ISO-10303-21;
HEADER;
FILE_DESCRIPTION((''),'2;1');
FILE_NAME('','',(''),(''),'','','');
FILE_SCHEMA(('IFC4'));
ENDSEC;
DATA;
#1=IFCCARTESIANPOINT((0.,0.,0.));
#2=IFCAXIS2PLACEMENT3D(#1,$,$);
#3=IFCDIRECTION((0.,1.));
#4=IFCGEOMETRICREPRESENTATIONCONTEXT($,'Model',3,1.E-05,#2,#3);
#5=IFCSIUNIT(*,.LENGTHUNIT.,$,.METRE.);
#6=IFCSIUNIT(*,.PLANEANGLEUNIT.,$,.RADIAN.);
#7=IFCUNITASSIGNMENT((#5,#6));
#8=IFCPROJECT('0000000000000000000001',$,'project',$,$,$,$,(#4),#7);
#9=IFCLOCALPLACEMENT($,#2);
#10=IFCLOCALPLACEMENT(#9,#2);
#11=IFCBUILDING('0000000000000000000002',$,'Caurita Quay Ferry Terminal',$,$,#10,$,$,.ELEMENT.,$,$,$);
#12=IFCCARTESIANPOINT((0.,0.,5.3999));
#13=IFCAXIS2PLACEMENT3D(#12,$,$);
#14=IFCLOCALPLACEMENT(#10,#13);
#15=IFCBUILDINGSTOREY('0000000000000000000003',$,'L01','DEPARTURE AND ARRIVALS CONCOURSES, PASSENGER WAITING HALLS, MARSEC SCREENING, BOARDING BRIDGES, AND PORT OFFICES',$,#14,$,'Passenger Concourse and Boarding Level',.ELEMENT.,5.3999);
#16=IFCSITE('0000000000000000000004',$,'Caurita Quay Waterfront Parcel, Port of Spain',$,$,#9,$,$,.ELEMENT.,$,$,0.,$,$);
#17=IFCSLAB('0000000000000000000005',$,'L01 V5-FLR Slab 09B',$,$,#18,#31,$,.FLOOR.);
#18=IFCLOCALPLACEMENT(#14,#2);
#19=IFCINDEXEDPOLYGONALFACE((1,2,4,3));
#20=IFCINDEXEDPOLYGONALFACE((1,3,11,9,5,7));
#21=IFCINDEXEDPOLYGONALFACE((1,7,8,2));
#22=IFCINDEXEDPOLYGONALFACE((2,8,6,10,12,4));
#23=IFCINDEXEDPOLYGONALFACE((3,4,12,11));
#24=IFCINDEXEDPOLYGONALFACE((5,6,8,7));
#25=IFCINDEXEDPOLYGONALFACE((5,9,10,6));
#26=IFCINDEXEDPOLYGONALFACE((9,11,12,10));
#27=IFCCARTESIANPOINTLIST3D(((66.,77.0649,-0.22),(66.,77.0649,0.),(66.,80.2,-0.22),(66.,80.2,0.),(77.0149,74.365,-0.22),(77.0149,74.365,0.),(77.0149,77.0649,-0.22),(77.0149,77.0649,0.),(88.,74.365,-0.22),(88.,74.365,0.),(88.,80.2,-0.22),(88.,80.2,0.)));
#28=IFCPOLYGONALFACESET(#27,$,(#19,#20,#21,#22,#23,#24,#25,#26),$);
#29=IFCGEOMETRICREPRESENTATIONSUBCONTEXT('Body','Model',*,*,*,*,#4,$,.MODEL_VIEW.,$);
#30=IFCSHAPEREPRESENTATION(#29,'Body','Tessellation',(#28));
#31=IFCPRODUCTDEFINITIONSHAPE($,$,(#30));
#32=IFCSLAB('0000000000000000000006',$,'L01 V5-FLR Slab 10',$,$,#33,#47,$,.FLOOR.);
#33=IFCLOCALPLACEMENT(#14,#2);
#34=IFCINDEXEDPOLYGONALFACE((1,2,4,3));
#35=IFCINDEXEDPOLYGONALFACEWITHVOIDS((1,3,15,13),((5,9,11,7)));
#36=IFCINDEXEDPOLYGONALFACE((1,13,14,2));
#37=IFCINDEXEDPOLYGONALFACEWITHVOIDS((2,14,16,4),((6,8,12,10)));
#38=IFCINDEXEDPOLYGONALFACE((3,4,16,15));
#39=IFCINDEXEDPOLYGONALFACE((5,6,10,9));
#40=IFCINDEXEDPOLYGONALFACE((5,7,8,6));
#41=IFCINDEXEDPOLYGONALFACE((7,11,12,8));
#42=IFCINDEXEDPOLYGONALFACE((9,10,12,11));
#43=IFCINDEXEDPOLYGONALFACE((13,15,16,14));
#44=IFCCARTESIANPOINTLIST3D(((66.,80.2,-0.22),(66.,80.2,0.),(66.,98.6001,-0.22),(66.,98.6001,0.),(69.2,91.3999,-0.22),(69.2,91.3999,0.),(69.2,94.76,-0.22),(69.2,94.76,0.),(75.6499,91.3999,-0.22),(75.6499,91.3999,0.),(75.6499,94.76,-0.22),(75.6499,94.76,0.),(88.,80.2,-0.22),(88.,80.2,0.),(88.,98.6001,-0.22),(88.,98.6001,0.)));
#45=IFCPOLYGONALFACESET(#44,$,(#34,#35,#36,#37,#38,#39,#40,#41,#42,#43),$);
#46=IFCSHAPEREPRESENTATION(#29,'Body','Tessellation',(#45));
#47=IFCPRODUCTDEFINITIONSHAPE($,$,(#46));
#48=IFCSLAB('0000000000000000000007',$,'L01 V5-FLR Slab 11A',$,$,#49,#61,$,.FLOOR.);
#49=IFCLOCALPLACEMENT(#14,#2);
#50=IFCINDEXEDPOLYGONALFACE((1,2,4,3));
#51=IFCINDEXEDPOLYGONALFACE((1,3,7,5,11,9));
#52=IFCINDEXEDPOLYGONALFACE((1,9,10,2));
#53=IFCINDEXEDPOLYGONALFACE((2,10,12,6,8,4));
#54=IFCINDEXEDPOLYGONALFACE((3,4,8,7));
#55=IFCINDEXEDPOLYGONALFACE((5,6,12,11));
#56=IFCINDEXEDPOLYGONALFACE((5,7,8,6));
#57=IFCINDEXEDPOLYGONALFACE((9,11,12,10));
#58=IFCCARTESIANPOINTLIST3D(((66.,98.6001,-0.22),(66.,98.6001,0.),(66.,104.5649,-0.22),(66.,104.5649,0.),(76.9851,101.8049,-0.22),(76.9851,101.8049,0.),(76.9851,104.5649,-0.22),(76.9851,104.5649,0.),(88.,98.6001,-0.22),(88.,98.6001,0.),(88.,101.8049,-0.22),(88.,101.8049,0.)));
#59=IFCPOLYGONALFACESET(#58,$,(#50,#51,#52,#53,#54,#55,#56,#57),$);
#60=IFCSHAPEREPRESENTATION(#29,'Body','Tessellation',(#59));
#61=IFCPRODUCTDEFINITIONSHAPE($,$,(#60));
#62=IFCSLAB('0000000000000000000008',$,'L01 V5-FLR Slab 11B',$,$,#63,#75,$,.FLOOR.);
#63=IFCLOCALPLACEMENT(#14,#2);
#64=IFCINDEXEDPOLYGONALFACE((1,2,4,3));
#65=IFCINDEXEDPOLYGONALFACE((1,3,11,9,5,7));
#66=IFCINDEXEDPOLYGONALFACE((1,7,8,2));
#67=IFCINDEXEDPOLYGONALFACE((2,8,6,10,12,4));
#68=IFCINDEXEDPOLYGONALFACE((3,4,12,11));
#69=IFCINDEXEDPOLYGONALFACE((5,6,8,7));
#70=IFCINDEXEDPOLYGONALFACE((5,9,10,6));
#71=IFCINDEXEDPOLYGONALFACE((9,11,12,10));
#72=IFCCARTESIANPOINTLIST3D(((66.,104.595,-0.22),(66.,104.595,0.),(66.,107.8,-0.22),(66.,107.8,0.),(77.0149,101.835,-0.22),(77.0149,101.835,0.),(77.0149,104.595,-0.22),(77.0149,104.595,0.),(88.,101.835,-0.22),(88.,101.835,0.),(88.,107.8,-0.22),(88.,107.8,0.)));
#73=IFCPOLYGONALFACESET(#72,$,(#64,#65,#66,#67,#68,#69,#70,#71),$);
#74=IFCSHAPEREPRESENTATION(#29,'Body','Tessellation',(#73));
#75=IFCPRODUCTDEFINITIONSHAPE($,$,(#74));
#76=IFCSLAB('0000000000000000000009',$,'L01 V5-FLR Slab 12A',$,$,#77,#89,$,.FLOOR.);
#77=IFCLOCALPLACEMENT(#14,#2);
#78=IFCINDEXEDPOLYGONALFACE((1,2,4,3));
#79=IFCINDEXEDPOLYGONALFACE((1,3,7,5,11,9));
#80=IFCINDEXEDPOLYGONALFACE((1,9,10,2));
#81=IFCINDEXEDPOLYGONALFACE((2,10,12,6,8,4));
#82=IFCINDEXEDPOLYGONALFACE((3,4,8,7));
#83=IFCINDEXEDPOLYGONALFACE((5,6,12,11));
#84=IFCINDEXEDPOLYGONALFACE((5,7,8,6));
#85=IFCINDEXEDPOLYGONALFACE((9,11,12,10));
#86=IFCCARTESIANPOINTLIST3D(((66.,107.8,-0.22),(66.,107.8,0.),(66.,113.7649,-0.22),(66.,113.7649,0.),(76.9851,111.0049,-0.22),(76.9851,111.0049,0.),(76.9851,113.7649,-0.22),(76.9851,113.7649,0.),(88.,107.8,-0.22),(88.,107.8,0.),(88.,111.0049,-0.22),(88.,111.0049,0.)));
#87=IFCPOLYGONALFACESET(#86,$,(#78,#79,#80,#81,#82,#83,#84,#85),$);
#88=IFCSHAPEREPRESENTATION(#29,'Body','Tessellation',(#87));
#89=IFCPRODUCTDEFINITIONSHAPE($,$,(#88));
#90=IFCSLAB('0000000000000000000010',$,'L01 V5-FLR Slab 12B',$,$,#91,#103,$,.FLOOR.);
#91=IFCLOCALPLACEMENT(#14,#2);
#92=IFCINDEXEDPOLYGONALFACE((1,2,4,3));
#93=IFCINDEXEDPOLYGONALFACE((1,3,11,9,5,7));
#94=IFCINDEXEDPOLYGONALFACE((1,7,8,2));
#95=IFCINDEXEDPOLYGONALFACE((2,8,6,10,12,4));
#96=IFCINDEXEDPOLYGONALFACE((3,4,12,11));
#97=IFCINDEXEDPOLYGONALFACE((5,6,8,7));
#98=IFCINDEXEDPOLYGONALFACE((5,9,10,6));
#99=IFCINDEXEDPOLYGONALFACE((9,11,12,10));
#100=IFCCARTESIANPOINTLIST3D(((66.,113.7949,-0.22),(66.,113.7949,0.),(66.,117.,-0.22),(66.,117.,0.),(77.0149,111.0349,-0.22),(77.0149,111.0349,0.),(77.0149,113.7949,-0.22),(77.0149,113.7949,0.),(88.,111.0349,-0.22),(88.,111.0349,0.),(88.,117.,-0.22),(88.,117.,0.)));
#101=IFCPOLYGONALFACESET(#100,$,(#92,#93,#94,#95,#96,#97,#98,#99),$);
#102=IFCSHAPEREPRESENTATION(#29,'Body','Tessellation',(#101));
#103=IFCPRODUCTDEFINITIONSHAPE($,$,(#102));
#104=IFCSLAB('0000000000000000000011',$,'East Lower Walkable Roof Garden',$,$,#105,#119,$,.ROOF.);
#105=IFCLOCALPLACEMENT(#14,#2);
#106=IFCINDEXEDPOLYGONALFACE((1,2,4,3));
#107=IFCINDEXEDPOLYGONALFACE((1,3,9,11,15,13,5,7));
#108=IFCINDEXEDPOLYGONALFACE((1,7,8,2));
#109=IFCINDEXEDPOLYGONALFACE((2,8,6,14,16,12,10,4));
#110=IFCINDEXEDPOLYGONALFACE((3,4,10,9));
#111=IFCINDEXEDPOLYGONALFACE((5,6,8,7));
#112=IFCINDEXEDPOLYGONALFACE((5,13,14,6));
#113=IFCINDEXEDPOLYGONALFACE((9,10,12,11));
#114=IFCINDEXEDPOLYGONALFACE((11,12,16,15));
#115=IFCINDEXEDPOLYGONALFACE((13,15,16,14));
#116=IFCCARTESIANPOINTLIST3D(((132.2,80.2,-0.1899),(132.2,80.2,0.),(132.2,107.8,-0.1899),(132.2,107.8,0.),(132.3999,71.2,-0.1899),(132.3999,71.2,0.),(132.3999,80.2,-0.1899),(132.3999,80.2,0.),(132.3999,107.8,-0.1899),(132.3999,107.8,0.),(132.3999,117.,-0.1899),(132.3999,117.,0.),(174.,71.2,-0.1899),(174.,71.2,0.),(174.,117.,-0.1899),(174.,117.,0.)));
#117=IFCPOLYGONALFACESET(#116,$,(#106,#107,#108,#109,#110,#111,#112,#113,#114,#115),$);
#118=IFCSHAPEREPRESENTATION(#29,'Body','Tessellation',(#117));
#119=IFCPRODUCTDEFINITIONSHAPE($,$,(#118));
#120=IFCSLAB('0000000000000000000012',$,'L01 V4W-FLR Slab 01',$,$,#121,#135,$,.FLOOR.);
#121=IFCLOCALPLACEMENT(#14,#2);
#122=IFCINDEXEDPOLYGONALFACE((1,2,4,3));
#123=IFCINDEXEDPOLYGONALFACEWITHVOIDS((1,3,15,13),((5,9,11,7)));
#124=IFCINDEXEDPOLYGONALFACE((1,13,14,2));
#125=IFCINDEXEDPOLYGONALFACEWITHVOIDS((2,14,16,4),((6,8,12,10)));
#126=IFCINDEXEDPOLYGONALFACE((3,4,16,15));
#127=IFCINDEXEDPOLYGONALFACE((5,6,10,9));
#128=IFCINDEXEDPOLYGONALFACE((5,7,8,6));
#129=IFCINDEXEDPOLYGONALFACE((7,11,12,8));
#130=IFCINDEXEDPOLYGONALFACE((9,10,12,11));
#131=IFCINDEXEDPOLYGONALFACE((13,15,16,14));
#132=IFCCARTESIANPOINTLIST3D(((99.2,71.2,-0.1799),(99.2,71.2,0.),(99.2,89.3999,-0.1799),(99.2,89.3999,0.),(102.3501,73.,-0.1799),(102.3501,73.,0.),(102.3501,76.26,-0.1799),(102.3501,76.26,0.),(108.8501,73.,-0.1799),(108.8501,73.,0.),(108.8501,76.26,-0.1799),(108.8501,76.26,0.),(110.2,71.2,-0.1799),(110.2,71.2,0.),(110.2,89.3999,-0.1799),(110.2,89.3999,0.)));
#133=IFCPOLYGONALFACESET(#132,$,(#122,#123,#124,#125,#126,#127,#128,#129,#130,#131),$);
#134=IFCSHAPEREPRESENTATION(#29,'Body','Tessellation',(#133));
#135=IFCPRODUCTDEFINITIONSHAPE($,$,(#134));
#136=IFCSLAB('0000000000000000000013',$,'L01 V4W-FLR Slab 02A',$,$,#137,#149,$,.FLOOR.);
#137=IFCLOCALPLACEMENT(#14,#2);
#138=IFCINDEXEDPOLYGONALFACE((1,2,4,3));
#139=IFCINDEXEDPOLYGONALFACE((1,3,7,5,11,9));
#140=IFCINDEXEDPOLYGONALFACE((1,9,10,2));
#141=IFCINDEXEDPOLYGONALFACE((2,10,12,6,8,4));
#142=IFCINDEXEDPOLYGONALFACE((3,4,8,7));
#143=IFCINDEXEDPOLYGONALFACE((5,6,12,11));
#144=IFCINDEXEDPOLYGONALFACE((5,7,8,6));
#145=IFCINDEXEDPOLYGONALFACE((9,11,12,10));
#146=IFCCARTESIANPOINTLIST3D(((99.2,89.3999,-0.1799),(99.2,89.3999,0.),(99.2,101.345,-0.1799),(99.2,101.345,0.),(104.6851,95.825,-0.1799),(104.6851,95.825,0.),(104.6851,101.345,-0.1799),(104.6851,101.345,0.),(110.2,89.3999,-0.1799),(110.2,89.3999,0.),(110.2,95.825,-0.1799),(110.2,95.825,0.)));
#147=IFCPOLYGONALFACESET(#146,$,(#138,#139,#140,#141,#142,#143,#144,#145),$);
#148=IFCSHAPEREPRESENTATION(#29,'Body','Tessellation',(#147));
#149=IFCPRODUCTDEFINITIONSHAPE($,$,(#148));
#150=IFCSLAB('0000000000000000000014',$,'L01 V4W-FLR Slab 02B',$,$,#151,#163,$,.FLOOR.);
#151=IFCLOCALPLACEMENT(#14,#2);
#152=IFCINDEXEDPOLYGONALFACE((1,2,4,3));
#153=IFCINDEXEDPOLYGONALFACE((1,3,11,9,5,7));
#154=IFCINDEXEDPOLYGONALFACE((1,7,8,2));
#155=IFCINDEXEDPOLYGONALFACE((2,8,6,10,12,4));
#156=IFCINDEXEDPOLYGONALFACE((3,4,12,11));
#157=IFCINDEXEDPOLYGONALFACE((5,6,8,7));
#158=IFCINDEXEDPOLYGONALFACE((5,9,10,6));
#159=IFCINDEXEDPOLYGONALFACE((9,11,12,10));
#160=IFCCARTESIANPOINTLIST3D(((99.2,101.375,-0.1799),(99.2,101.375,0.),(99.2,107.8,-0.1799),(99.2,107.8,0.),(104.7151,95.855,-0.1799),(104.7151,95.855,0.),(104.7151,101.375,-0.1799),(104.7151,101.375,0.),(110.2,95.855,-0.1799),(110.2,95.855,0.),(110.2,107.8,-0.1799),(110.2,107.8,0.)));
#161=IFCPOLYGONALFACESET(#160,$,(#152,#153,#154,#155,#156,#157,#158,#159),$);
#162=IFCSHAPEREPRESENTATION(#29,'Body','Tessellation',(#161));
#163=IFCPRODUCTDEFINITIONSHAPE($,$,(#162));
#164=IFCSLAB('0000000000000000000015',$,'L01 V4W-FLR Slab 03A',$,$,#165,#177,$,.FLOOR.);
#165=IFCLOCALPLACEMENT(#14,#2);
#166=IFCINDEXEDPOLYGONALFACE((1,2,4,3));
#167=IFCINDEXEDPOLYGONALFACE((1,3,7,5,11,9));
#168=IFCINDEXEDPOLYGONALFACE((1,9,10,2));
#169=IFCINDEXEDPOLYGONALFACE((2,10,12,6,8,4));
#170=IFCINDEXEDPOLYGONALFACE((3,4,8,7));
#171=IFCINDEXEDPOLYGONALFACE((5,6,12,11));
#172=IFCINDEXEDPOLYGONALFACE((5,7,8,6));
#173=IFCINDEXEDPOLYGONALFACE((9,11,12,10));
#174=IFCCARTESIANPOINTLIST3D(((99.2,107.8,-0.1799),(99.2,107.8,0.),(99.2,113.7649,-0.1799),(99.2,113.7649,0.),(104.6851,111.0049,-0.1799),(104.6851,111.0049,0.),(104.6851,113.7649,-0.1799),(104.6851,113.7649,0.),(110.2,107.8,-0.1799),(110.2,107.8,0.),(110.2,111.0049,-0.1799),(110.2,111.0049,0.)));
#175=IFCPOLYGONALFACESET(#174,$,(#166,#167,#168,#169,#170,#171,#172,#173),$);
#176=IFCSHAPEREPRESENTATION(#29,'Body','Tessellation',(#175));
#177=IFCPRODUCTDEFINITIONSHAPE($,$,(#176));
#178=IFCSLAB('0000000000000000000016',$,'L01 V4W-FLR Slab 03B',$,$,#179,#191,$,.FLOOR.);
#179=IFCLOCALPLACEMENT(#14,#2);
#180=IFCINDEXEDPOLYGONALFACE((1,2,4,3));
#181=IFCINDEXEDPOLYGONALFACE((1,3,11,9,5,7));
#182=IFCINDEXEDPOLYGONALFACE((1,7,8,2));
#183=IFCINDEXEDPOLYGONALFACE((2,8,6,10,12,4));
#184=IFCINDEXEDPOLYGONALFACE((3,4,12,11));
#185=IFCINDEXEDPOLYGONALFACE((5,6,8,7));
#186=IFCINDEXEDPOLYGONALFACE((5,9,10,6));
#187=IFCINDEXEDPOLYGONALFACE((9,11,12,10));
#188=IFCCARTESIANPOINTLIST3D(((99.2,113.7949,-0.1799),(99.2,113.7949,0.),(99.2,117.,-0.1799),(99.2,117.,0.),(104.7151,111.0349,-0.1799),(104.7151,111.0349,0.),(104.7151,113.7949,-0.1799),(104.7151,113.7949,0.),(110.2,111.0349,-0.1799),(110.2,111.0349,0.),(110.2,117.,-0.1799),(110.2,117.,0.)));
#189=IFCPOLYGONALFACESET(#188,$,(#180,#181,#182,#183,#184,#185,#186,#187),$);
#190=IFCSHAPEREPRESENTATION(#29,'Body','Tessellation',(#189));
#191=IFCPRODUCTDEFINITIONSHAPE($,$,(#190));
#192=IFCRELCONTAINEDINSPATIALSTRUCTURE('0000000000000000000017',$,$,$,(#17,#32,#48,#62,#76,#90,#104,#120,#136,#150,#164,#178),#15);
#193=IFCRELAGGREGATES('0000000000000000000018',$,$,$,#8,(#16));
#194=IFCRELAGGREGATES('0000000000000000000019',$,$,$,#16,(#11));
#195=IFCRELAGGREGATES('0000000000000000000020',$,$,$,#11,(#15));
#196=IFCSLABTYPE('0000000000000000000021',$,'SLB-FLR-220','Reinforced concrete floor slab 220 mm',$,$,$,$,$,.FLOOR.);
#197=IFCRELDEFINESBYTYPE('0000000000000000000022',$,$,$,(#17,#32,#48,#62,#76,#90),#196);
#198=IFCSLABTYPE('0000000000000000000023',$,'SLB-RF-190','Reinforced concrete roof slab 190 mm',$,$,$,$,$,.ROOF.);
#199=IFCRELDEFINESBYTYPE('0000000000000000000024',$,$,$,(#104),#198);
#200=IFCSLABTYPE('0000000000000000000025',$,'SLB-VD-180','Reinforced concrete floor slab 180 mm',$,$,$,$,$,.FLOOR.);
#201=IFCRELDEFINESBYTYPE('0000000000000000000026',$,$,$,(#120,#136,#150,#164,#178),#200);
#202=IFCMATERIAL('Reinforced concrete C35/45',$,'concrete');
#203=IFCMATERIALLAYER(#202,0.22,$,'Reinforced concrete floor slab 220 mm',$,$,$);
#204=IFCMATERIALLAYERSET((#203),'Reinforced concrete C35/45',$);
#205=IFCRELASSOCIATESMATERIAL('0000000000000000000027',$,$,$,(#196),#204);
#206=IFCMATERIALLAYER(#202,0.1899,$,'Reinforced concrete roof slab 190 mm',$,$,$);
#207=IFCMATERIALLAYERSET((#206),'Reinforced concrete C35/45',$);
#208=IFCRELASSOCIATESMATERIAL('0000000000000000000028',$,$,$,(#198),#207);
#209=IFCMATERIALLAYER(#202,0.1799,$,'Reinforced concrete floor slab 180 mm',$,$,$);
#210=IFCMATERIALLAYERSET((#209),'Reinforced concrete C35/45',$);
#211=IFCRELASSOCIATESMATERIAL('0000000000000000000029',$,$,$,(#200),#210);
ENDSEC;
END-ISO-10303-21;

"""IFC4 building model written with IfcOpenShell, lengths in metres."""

from ifc_helpers import new_model, si_unit, direction, frame, origin, place, context, subcontext, project, spatial, polyline, outline, extrude, material, layer, layer_set, type_object, element, save


model = new_model("IFC4")

# Units and contexts
model_context = context("Model", 3, precision=1e-05, world=origin(), true_north=direction((0.0, 1.0)))
body_context = subcontext(model_context, "Body", "Model", "MODEL_VIEW")
ifc_project = project(units=[si_unit("LENGTHUNIT", "METRE"), si_unit("PLANEANGLEUNIT", "RADIAN")], contexts=[model_context])

# Site, building, storey
site_placement = place(None, origin())
site = spatial("IfcSite", under=ifc_project, at=site_placement, Name="Caurita Quay Waterfront Parcel, Port of Spain", CompositionType="ELEMENT", RefElevation=0.0)
building_placement = place(site_placement, origin())
building = spatial("IfcBuilding", under=site, at=building_placement, Name="Caurita Quay Ferry Terminal", CompositionType="ELEMENT")
storey_placement = place(building_placement, frame((0.0, 0.0, 5.3999)))
storey = spatial("IfcBuildingStorey", under=building, at=storey_placement, Name="L01", Description="DEPARTURE AND ARRIVALS CONCOURSES, PASSENGER WAITING HALLS, MARSEC SCREENING, BOARDING BRIDGES, AND PORT OFFICES", LongName="Passenger Concourse and Boarding Level", CompositionType="ELEMENT", Elevation=5.3999)

# Slabs
ifc_material = material(Name="Reinforced concrete C35/45", Category="concrete")
ifc_layer_1 = layer(ifc_material, 0.22, Name="Reinforced concrete floor slab 220 mm")
ifc_layer_set_1 = layer_set([ifc_layer_1], Name="Reinforced concrete C35/45")
slab_type_1 = type_object("IfcSlabType", Name="SLB-FLR-220", Description="Reinforced concrete floor slab 220 mm", PredefinedType="FLOOR", material=ifc_layer_set_1)
slab_1_placement = place(storey_placement, frame((0.0, 0.0, -0.22)))
element("IfcSlab", 1, at=slab_1_placement, inside=storey, type_object=slab_type_1, Name="L01 V5-FLR Slab 09B", PredefinedType="FLOOR", context=body_context, shape_type="SweptSolid", body=[
    extrude(outline(polyline([(77.0149, 74.365), (88.0, 74.365), (88.0, 80.2), (66.0, 80.2), (66.0, 77.0649), (77.0149, 77.0649), (77.0149, 74.365)])), origin(), (0.0, 0.0, 1.0), 0.22),
])
slab_2_placement = place(storey_placement, frame((0.0, 0.0, -0.22)))
element("IfcSlab", 2, at=slab_2_placement, inside=storey, type_object=slab_type_1, Name="L01 V5-FLR Slab 10", PredefinedType="FLOOR", context=body_context, shape_type="SweptSolid", body=[
    extrude(outline(polyline([(66.0, 80.2), (88.0, 80.2), (88.0, 98.6001), (66.0, 98.6001), (66.0, 80.2)]), holes=[polyline([(69.2, 91.3999), (75.6499, 91.3999), (75.6499, 94.76), (69.2, 94.76), (69.2, 91.3999)])]), origin(), (0.0, 0.0, 1.0), 0.22),
])
slab_3_placement = place(storey_placement, frame((0.0, 0.0, -0.22)))
element("IfcSlab", 3, at=slab_3_placement, inside=storey, type_object=slab_type_1, Name="L01 V5-FLR Slab 11A", PredefinedType="FLOOR", context=body_context, shape_type="SweptSolid", body=[
    extrude(outline(polyline([(66.0, 98.6001), (88.0, 98.6001), (88.0, 101.8049), (76.9851, 101.8049), (76.9851, 104.5649), (66.0, 104.5649), (66.0, 98.6001)])), origin(), (0.0, 0.0, 1.0), 0.22),
])
slab_4_placement = place(storey_placement, frame((0.0, 0.0, -0.22)))
element("IfcSlab", 4, at=slab_4_placement, inside=storey, type_object=slab_type_1, Name="L01 V5-FLR Slab 11B", PredefinedType="FLOOR", context=body_context, shape_type="SweptSolid", body=[
    extrude(outline(polyline([(77.0149, 101.835), (88.0, 101.835), (88.0, 107.8), (66.0, 107.8), (66.0, 104.595), (77.0149, 104.595), (77.0149, 101.835)])), origin(), (0.0, 0.0, 1.0), 0.22),
])
slab_5_placement = place(storey_placement, frame((0.0, 0.0, -0.22)))
element("IfcSlab", 5, at=slab_5_placement, inside=storey, type_object=slab_type_1, Name="L01 V5-FLR Slab 12A", PredefinedType="FLOOR", context=body_context, shape_type="SweptSolid", body=[
    extrude(outline(polyline([(66.0, 107.8), (88.0, 107.8), (88.0, 111.0049), (76.9851, 111.0049), (76.9851, 113.7649), (66.0, 113.7649), (66.0, 107.8)])), origin(), (0.0, 0.0, 1.0), 0.22),
])
slab_6_placement = place(storey_placement, frame((0.0, 0.0, -0.22)))
element("IfcSlab", 6, at=slab_6_placement, inside=storey, type_object=slab_type_1, Name="L01 V5-FLR Slab 12B", PredefinedType="FLOOR", context=body_context, shape_type="SweptSolid", body=[
    extrude(outline(polyline([(77.0149, 111.0349), (88.0, 111.0349), (88.0, 117.0), (66.0, 117.0), (66.0, 113.7949), (77.0149, 113.7949), (77.0149, 111.0349)])), origin(), (0.0, 0.0, 1.0), 0.22),
])
ifc_layer_2 = layer(ifc_material, 0.1899, Name="Reinforced concrete roof slab 190 mm")
ifc_layer_set_2 = layer_set([ifc_layer_2], Name="Reinforced concrete C35/45")
slab_type_2 = type_object("IfcSlabType", Name="SLB-RF-190", Description="Reinforced concrete roof slab 190 mm", PredefinedType="ROOF", material=ifc_layer_set_2)
slab_7_placement = place(storey_placement, frame((0.0, 0.0, -0.1899)))
element("IfcSlab", 7, at=slab_7_placement, inside=storey, type_object=slab_type_2, Name="East Lower Walkable Roof Garden", PredefinedType="ROOF", context=body_context, shape_type="SweptSolid", body=[
    extrude(outline(polyline([(132.3999, 71.2), (174.0, 71.2), (174.0, 117.0), (132.3999, 117.0), (132.3999, 107.8), (132.2, 107.8), (132.2, 80.2), (132.3999, 80.2), (132.3999, 71.2)])), origin(), (0.0, 0.0, 1.0), 0.1899),
])
ifc_layer_3 = layer(ifc_material, 0.1799, Name="Reinforced concrete floor slab 180 mm")
ifc_layer_set_3 = layer_set([ifc_layer_3], Name="Reinforced concrete C35/45")
slab_type_3 = type_object("IfcSlabType", Name="SLB-VD-180", Description="Reinforced concrete floor slab 180 mm", PredefinedType="FLOOR", material=ifc_layer_set_3)
slab_8_placement = place(storey_placement, frame((0.0, 0.0, -0.1799)))
element("IfcSlab", 8, at=slab_8_placement, inside=storey, type_object=slab_type_3, Name="L01 V4W-FLR Slab 01", PredefinedType="FLOOR", context=body_context, shape_type="SweptSolid", body=[
    extrude(outline(polyline([(99.2, 71.2), (110.2, 71.2), (110.2, 89.3999), (99.2, 89.3999), (99.2, 71.2)]), holes=[polyline([(102.3501, 73.0), (108.8501, 73.0), (108.8501, 76.26), (102.3501, 76.26), (102.3501, 73.0)])]), origin(), (0.0, 0.0, 1.0), 0.1799),
])
slab_9_placement = place(storey_placement, frame((0.0, 0.0, -0.1799)))
element("IfcSlab", 9, at=slab_9_placement, inside=storey, type_object=slab_type_3, Name="L01 V4W-FLR Slab 02A", PredefinedType="FLOOR", context=body_context, shape_type="SweptSolid", body=[
    extrude(outline(polyline([(99.2, 89.3999), (110.2, 89.3999), (110.2, 95.825), (104.6851, 95.825), (104.6851, 101.345), (99.2, 101.345), (99.2, 89.3999)])), origin(), (0.0, 0.0, 1.0), 0.1799),
])
slab_10_placement = place(storey_placement, frame((0.0, 0.0, -0.1799)))
element("IfcSlab", 10, at=slab_10_placement, inside=storey, type_object=slab_type_3, Name="L01 V4W-FLR Slab 02B", PredefinedType="FLOOR", context=body_context, shape_type="SweptSolid", body=[
    extrude(outline(polyline([(104.7151, 95.855), (110.2, 95.855), (110.2, 107.8), (99.2, 107.8), (99.2, 101.375), (104.7151, 101.375), (104.7151, 95.855)])), origin(), (0.0, 0.0, 1.0), 0.1799),
])
slab_11_placement = place(storey_placement, frame((0.0, 0.0, -0.1799)))
element("IfcSlab", 11, at=slab_11_placement, inside=storey, type_object=slab_type_3, Name="L01 V4W-FLR Slab 03A", PredefinedType="FLOOR", context=body_context, shape_type="SweptSolid", body=[
    extrude(outline(polyline([(99.2, 107.8), (110.2, 107.8), (110.2, 111.0049), (104.6851, 111.0049), (104.6851, 113.7649), (99.2, 113.7649), (99.2, 107.8)])), origin(), (0.0, 0.0, 1.0), 0.1799),
])
slab_12_placement = place(storey_placement, frame((0.0, 0.0, -0.1799)))
element("IfcSlab", 12, at=slab_12_placement, inside=storey, type_object=slab_type_3, Name="L01 V4W-FLR Slab 03B", PredefinedType="FLOOR", context=body_context, shape_type="SweptSolid", body=[
    extrude(outline(polyline([(104.7151, 111.0349), (110.2, 111.0349), (110.2, 117.0), (99.2, 117.0), (99.2, 113.7949), (104.7151, 113.7949), (104.7151, 111.0349)])), origin(), (0.0, 0.0, 1.0), 0.1799),
])

save(model, "model.ifc")
